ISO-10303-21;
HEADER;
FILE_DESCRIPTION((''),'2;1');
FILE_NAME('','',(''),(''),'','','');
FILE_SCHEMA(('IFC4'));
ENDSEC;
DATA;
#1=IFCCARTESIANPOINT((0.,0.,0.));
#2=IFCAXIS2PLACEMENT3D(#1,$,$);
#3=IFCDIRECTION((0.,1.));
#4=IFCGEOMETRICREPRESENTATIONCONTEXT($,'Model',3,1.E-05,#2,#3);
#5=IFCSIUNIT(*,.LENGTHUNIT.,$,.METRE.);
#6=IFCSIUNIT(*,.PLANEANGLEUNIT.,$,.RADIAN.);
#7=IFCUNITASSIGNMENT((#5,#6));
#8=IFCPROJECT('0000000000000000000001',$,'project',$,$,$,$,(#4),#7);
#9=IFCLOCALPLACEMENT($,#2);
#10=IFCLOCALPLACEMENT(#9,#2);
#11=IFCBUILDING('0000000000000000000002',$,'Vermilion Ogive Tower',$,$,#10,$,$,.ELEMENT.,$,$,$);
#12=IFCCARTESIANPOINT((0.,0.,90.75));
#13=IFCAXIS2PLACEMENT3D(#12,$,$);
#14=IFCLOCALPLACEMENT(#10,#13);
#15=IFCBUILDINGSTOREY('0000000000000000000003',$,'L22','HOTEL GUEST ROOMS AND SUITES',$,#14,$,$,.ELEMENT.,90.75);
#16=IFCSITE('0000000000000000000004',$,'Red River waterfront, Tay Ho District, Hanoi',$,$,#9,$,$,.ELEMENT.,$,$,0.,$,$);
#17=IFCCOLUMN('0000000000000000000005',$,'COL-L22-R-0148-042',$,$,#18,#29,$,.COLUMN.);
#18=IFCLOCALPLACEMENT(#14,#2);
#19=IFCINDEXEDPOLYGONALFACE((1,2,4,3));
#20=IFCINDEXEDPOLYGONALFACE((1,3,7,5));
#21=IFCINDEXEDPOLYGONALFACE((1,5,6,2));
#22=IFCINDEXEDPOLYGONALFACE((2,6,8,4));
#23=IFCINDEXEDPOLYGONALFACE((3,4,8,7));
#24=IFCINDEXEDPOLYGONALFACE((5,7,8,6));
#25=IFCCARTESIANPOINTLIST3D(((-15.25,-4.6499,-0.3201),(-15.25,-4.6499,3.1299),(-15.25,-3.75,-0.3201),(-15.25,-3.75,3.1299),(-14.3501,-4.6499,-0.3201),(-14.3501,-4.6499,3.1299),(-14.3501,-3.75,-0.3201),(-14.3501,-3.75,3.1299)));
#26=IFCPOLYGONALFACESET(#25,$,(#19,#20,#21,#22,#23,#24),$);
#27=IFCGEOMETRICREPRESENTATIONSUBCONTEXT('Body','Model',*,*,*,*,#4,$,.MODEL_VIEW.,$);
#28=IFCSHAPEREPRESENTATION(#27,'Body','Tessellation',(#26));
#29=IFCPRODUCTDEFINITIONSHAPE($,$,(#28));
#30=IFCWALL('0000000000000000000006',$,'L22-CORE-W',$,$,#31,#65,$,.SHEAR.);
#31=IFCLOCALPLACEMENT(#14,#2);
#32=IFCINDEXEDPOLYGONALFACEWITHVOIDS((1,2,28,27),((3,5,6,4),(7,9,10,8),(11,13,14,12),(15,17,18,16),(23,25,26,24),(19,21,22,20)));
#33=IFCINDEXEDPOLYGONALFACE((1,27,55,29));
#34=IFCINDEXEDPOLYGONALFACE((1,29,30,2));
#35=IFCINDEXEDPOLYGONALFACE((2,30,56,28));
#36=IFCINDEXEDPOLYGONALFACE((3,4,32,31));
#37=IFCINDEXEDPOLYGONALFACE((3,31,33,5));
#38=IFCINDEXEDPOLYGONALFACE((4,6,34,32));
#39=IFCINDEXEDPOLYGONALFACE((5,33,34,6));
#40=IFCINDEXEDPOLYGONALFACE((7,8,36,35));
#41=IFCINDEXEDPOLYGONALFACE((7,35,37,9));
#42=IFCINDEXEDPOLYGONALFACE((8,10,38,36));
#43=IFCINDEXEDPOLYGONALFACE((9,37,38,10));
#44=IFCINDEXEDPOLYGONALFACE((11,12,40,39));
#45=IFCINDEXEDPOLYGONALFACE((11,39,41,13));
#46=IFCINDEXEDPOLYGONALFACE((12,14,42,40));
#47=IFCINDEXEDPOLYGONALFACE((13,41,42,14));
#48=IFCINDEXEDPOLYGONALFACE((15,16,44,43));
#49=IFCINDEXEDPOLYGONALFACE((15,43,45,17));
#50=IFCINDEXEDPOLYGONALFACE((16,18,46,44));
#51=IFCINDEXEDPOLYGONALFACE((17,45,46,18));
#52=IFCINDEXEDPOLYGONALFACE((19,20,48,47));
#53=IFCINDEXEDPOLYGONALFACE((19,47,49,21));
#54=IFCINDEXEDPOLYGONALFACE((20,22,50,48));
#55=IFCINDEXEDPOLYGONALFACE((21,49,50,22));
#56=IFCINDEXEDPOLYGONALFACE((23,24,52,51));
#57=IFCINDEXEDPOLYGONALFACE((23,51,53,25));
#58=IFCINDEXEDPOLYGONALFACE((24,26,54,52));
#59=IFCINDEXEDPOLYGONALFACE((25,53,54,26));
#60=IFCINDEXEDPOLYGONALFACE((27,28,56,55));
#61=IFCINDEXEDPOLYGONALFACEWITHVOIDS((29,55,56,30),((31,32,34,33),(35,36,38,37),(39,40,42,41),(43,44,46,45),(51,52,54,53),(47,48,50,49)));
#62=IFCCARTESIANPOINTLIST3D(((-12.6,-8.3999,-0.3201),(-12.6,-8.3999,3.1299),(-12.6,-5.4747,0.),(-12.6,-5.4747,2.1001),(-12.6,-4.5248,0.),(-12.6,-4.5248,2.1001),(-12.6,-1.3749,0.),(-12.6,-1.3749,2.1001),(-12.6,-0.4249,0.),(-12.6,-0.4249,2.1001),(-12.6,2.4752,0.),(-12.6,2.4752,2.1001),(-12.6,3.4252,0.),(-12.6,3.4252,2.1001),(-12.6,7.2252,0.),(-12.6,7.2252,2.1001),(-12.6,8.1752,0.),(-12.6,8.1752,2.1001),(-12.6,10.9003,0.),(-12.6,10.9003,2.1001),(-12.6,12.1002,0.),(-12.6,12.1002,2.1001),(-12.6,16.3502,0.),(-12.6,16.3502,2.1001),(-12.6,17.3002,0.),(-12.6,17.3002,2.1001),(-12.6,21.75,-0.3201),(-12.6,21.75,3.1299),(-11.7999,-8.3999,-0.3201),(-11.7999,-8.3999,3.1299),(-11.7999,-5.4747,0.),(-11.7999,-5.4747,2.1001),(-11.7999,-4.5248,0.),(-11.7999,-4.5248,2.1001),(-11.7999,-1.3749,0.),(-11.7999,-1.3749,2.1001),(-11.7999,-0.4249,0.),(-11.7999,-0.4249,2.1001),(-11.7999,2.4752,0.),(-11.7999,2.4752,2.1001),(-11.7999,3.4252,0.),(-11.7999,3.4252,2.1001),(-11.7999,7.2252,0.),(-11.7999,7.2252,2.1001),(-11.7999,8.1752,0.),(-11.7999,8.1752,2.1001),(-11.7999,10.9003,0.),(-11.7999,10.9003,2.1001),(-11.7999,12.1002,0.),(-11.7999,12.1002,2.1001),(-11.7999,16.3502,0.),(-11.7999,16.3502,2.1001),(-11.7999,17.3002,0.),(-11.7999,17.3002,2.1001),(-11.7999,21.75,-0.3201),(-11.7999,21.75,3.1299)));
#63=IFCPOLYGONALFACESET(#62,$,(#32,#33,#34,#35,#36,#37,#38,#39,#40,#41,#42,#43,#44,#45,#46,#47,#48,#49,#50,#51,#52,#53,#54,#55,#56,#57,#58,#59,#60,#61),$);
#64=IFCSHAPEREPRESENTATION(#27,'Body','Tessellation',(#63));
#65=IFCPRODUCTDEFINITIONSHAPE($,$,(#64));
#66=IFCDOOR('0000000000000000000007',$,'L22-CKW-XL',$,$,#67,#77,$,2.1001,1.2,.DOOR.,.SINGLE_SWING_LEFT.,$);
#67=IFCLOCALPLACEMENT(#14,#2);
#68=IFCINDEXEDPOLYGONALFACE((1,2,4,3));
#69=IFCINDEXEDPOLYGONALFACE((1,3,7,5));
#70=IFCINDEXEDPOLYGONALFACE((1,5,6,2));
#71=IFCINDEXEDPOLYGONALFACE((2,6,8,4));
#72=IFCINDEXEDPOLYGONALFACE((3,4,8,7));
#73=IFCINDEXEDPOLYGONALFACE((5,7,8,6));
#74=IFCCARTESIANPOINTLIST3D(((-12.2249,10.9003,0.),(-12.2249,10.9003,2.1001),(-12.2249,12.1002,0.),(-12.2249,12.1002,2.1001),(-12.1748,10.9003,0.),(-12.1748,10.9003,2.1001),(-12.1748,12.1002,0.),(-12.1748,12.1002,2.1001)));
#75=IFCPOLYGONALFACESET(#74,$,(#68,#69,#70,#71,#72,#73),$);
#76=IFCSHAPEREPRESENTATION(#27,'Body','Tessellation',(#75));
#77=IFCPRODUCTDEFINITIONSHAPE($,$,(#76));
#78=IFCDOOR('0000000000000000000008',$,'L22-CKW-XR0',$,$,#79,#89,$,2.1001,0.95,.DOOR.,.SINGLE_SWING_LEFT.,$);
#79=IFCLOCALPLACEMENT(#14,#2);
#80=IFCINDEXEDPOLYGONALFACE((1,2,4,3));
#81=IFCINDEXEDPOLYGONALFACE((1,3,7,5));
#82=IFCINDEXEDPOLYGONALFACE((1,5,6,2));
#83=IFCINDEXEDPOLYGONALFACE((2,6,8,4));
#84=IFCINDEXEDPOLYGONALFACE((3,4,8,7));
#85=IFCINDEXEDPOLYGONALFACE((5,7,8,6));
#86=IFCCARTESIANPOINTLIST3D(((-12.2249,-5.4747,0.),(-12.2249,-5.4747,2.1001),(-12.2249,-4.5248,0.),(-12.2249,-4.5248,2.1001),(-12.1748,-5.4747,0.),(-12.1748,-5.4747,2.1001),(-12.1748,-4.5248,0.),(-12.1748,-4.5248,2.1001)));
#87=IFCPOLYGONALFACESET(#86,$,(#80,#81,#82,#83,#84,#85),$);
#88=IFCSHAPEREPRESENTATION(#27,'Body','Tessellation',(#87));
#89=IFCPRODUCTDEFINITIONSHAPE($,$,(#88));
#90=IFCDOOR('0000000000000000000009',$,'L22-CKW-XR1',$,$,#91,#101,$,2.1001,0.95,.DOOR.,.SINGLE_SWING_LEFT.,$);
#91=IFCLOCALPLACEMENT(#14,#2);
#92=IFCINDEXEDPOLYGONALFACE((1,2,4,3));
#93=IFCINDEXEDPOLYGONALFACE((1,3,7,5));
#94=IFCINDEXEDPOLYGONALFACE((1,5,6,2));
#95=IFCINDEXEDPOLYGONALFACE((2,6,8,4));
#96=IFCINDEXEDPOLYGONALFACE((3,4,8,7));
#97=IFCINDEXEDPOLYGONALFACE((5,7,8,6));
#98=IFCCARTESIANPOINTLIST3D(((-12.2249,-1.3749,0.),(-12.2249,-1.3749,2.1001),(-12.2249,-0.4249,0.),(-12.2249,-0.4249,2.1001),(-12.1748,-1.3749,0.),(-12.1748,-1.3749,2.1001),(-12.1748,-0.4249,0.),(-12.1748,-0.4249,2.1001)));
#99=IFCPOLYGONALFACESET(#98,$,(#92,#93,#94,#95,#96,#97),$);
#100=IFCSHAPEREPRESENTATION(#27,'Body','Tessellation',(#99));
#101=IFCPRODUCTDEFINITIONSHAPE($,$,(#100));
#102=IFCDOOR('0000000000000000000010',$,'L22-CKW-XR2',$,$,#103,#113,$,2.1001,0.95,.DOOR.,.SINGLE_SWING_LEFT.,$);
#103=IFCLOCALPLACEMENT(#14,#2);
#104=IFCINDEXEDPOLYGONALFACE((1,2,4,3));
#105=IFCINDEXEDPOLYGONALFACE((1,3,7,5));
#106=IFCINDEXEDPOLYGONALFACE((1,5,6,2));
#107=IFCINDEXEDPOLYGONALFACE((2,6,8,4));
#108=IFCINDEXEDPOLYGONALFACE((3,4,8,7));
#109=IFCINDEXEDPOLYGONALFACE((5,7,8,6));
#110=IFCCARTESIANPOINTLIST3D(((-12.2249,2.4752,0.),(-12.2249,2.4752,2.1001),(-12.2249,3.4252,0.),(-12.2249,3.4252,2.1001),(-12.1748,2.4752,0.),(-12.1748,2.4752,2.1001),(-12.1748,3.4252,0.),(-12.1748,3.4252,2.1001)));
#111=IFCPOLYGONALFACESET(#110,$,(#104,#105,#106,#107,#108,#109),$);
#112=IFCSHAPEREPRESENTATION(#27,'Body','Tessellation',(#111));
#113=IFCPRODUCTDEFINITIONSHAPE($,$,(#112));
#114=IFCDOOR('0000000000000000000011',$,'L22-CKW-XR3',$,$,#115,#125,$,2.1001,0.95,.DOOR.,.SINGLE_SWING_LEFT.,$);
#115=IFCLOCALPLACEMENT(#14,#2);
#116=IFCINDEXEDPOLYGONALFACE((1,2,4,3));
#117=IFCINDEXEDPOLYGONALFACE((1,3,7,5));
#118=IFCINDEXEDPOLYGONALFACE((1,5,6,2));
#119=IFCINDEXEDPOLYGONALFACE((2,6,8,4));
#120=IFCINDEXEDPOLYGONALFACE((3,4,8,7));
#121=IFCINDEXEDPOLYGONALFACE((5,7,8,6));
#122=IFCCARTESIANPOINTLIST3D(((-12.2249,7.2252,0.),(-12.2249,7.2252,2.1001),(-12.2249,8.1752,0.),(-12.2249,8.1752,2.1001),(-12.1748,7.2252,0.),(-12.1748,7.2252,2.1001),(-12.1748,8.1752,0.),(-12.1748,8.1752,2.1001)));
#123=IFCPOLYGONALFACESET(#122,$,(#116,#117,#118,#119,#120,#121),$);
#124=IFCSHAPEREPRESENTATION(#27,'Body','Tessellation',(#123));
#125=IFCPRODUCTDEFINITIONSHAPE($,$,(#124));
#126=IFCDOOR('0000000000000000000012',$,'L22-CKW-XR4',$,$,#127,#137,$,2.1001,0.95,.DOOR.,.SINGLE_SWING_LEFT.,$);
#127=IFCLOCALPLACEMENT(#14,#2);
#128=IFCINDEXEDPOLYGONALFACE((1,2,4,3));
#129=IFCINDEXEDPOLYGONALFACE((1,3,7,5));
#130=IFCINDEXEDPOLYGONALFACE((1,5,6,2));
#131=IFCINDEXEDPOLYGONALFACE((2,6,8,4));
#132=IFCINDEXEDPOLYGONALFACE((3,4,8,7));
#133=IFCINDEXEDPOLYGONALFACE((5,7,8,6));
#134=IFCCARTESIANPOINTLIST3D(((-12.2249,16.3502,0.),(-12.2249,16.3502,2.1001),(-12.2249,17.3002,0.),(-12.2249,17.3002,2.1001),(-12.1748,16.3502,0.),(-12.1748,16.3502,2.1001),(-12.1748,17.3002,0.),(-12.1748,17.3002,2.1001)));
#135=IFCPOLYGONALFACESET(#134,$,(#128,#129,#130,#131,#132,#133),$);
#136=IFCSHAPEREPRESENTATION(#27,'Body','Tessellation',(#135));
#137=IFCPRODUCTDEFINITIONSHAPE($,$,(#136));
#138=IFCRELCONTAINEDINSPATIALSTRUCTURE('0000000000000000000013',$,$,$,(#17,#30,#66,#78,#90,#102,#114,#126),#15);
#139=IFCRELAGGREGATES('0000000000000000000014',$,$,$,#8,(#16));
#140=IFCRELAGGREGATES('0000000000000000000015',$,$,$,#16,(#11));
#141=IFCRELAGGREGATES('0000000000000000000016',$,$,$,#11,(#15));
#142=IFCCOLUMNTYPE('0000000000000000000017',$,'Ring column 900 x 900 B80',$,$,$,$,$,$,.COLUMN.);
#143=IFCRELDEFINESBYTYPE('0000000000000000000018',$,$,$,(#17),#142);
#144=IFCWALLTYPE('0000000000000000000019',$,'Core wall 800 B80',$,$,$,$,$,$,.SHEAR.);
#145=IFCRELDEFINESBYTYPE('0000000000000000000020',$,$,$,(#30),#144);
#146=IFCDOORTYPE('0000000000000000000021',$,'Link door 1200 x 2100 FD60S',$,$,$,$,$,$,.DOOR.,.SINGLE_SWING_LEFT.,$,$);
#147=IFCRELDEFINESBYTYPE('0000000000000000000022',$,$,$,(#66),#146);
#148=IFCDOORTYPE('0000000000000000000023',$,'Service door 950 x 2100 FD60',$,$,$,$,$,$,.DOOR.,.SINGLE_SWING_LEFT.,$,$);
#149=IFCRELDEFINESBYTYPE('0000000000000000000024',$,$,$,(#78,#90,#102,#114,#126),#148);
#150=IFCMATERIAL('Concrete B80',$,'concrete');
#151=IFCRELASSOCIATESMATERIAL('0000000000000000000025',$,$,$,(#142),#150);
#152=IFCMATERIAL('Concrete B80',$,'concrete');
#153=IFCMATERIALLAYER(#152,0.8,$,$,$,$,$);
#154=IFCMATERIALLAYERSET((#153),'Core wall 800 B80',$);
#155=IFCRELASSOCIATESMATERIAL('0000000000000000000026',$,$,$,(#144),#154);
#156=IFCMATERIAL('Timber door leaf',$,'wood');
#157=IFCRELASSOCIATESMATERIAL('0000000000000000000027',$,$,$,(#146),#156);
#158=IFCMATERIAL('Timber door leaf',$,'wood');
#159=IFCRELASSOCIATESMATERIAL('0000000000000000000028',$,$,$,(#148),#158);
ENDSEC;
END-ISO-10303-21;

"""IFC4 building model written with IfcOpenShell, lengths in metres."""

from ifc_helpers import new_model, si_unit, direction, frame, frame_2d, origin, origin_2d, place, context, subcontext, project, spatial, rectangle, extrude, material, layer, layer_set, material_profile, profile_set, type_object, element, fill, save


model = new_model("IFC4")

# Units and contexts
model_context = context("Model", 3, precision=1e-05, world=origin(), true_north=direction((0.0, 1.0)))
body_context = subcontext(model_context, "Body", "Model", "MODEL_VIEW")
ifc_project = project(units=[si_unit("LENGTHUNIT", "METRE"), si_unit("PLANEANGLEUNIT", "RADIAN")], contexts=[model_context])

# Site, building, storey
site_placement = place(None, origin())
site = spatial("IfcSite", under=ifc_project, at=site_placement, Name="Red River waterfront, Tay Ho District, Hanoi", CompositionType="ELEMENT", RefElevation=0.0)
building_placement = place(site_placement, origin())
building = spatial("IfcBuilding", under=site, at=building_placement, Name="Vermilion Ogive Tower", CompositionType="ELEMENT")
storey_placement = place(building_placement, frame((0.0, 0.0, 90.75)))
storey = spatial("IfcBuildingStorey", under=building, at=storey_placement, Name="L22", Description="HOTEL GUEST ROOMS AND SUITES", CompositionType="ELEMENT", Elevation=90.75)

# Column
ifc_material_1 = material(Name="Concrete B80", Category="concrete")
ifc_material_profile = material_profile(ifc_material_1, rectangle(XDim=0.8999, YDim=0.8999, at=origin_2d()), Name="900 x 900")
ifc_profile_set = profile_set([ifc_material_profile], Name="Concrete B80")
column_type = type_object("IfcColumnType", Name="Ring column 900 x 900 B80", PredefinedType="COLUMN", material=ifc_profile_set)
column_placement = place(storey_placement, frame((-14.8, -4.2, -0.3201), z_axis=(0.0, 0.0, 1.0), x_axis=(1.0, 0.0, 0.0)))
element("IfcColumn", 1, at=column_placement, inside=storey, type_object=column_type, Name="COL-L22-R-0148-042", PredefinedType="COLUMN", context=body_context, shape_type="SweptSolid", body=[
    extrude(rectangle(XDim=0.8999, YDim=0.8999, at=origin_2d()), origin(), (0.0, 0.0, 1.0), 3.45),
])

# Wall, openings, doors
ifc_material_2 = material(Name="Concrete B80", Category="concrete")
ifc_layer_1 = layer(ifc_material_2, 0.8)
ifc_layer_set_1 = layer_set([ifc_layer_1], Name="Core wall 800 B80")
wall_type_1 = type_object("IfcWallType", Name="Core wall 800 B80", PredefinedType="SHEAR", material=ifc_layer_set_1)
wall_1_placement = place(storey_placement, frame((-12.2, -8.3999, -0.3201), z_axis=(0.0, 0.0, 1.0), x_axis=(0.0, 1.0, 0.0)))
wall_1 = element("IfcWall", 2, at=wall_1_placement, inside=storey, type_object=wall_type_1, Name="L22-CORE-W", PredefinedType="SHEAR", context=body_context, shape_type="SweptSolid", body=[
    extrude(rectangle(XDim=30.1499, YDim=0.8, at=frame_2d((15.075, 0.0))), origin(), (0.0, 0.0, 1.0), 3.45),
])
opening_1_placement = place(wall_1_placement, frame((2.925, 0.0, 0.3201)))
opening_1 = element("IfcOpeningElement", 3, at=opening_1_placement, cuts=wall_1, PredefinedType="OPENING", context=body_context, shape_type="SweptSolid", body=[
    extrude(rectangle(XDim=0.95, YDim=2.1001, at=frame_2d((0.4751, 1.05))), frame((0.0, 0.4099, 0.0), z_axis=(0.0, -1.0, 0.0), x_axis=(1.0, 0.0, 0.0)), (0.0, 0.0, 1.0), 0.8201),
])
opening_2_placement = place(wall_1_placement, frame((7.0249, 0.0, 0.3201)))
opening_2 = element("IfcOpeningElement", 4, at=opening_2_placement, cuts=wall_1, PredefinedType="OPENING", context=body_context, shape_type="SweptSolid", body=[
    extrude(rectangle(XDim=0.95, YDim=2.1001, at=frame_2d((0.4751, 1.05))), frame((0.0, 0.4099, 0.0), z_axis=(0.0, -1.0, 0.0), x_axis=(1.0, 0.0, 0.0)), (0.0, 0.0, 1.0), 0.8201),
])
opening_3_placement = place(wall_1_placement, frame((10.875, 0.0, 0.3201)))
opening_3 = element("IfcOpeningElement", 5, at=opening_3_placement, cuts=wall_1, PredefinedType="OPENING", context=body_context, shape_type="SweptSolid", body=[
    extrude(rectangle(XDim=0.95, YDim=2.1001, at=frame_2d((0.4751, 1.05))), frame((0.0, 0.4099, 0.0), z_axis=(0.0, -1.0, 0.0), x_axis=(1.0, 0.0, 0.0)), (0.0, 0.0, 1.0), 0.8201),
])
opening_4_placement = place(wall_1_placement, frame((15.625, 0.0, 0.3201)))
opening_4 = element("IfcOpeningElement", 6, at=opening_4_placement, cuts=wall_1, PredefinedType="OPENING", context=body_context, shape_type="SweptSolid", body=[
    extrude(rectangle(XDim=0.95, YDim=2.1001, at=frame_2d((0.4751, 1.05))), frame((0.0, 0.4099, 0.0), z_axis=(0.0, -1.0, 0.0), x_axis=(1.0, 0.0, 0.0)), (0.0, 0.0, 1.0), 0.8201),
])
opening_5_placement = place(wall_1_placement, frame((24.75, 0.0, 0.3201)))
opening_5 = element("IfcOpeningElement", 7, at=opening_5_placement, cuts=wall_1, PredefinedType="OPENING", context=body_context, shape_type="SweptSolid", body=[
    extrude(rectangle(XDim=0.95, YDim=2.1001, at=frame_2d((0.4751, 1.05))), frame((0.0, 0.4099, 0.0), z_axis=(0.0, -1.0, 0.0), x_axis=(1.0, 0.0, 0.0)), (0.0, 0.0, 1.0), 0.8201),
])
opening_6_placement = place(wall_1_placement, frame((19.3, 0.0, 0.3201)))
opening_6 = element("IfcOpeningElement", 8, at=opening_6_placement, cuts=wall_1, PredefinedType="OPENING", context=body_context, shape_type="SweptSolid", body=[
    extrude(rectangle(XDim=1.2, YDim=2.1001, at=frame_2d((0.6001, 1.05))), frame((0.0, 0.4099, 0.0), z_axis=(0.0, -1.0, 0.0), x_axis=(1.0, 0.0, 0.0)), (0.0, 0.0, 1.0), 0.8201),
])
ifc_material_3 = material(Name="Timber door leaf", Category="wood")
door_type_1 = type_object("IfcDoorType", Name="Link door 1200 x 2100 FD60S", OperationType="SINGLE_SWING_LEFT", PredefinedType="DOOR", material=ifc_material_3)
door_1_placement = place(opening_6_placement, origin())
door_1 = element("IfcDoor", 9, at=door_1_placement, inside=storey, type_object=door_type_1, Name="L22-CKW-XL", OperationType="SINGLE_SWING_LEFT", OverallHeight=2.1001, OverallWidth=1.2, PredefinedType="DOOR", context=body_context, shape_type="SweptSolid", body=[
    extrude(rectangle(XDim=1.2, YDim=2.1001, at=frame_2d((0.6001, 1.05))), frame((0.0, 0.0249, 0.0), z_axis=(0.0, -1.0, 0.0), x_axis=(1.0, 0.0, 0.0)), (0.0, 0.0, 1.0), 0.05),
])
fill(opening_6, door_1)
ifc_material_4 = material(Name="Timber door leaf", Category="wood")
door_type_2 = type_object("IfcDoorType", Name="Service door 950 x 2100 FD60", OperationType="SINGLE_SWING_LEFT", PredefinedType="DOOR", material=ifc_material_4)
door_2_placement = place(opening_1_placement, origin())
door_2 = element("IfcDoor", 10, at=door_2_placement, inside=storey, type_object=door_type_2, Name="L22-CKW-XR0", OperationType="SINGLE_SWING_LEFT", OverallHeight=2.1001, OverallWidth=0.95, PredefinedType="DOOR", context=body_context, shape_type="SweptSolid", body=[
    extrude(rectangle(XDim=0.95, YDim=2.1001, at=frame_2d((0.4751, 1.05))), frame((0.0, 0.0249, 0.0), z_axis=(0.0, -1.0, 0.0), x_axis=(1.0, 0.0, 0.0)), (0.0, 0.0, 1.0), 0.05),
])
fill(opening_1, door_2)
door_3_placement = place(opening_2_placement, origin())
door_3 = element("IfcDoor", 11, at=door_3_placement, inside=storey, type_object=door_type_2, Name="L22-CKW-XR1", OperationType="SINGLE_SWING_LEFT", OverallHeight=2.1001, OverallWidth=0.95, PredefinedType="DOOR", context=body_context, shape_type="SweptSolid", body=[
    extrude(rectangle(XDim=0.95, YDim=2.1001, at=frame_2d((0.4751, 1.05))), frame((0.0, 0.0249, 0.0), z_axis=(0.0, -1.0, 0.0), x_axis=(1.0, 0.0, 0.0)), (0.0, 0.0, 1.0), 0.05),
])
fill(opening_2, door_3)
door_4_placement = place(opening_3_placement, origin())
door_4 = element("IfcDoor", 12, at=door_4_placement, inside=storey, type_object=door_type_2, Name="L22-CKW-XR2", OperationType="SINGLE_SWING_LEFT", OverallHeight=2.1001, OverallWidth=0.95, PredefinedType="DOOR", context=body_context, shape_type="SweptSolid", body=[
    extrude(rectangle(XDim=0.95, YDim=2.1001, at=frame_2d((0.4751, 1.05))), frame((0.0, 0.0249, 0.0), z_axis=(0.0, -1.0, 0.0), x_axis=(1.0, 0.0, 0.0)), (0.0, 0.0, 1.0), 0.05),
])
fill(opening_3, door_4)
door_5_placement = place(opening_4_placement, origin())
door_5 = element("IfcDoor", 13, at=door_5_placement, inside=storey, type_object=door_type_2, Name="L22-CKW-XR3", OperationType="SINGLE_SWING_LEFT", OverallHeight=2.1001, OverallWidth=0.95, PredefinedType="DOOR", context=body_context, shape_type="SweptSolid", body=[
    extrude(rectangle(XDim=0.95, YDim=2.1001, at=frame_2d((0.4751, 1.05))), frame((0.0, 0.0249, 0.0), z_axis=(0.0, -1.0, 0.0), x_axis=(1.0, 0.0, 0.0)), (0.0, 0.0, 1.0), 0.05),
])
fill(opening_4, door_5)
door_6_placement = place(opening_5_placement, origin())
door_6 = element("IfcDoor", 14, at=door_6_placement, inside=storey, type_object=door_type_2, Name="L22-CKW-XR4", OperationType="SINGLE_SWING_LEFT", OverallHeight=2.1001, OverallWidth=0.95, PredefinedType="DOOR", context=body_context, shape_type="SweptSolid", body=[
    extrude(rectangle(XDim=0.95, YDim=2.1001, at=frame_2d((0.4751, 1.05))), frame((0.0, 0.0249, 0.0), z_axis=(0.0, -1.0, 0.0), x_axis=(1.0, 0.0, 0.0)), (0.0, 0.0, 1.0), 0.05),
])
fill(opening_5, door_6)

save(model, "model.ifc")
